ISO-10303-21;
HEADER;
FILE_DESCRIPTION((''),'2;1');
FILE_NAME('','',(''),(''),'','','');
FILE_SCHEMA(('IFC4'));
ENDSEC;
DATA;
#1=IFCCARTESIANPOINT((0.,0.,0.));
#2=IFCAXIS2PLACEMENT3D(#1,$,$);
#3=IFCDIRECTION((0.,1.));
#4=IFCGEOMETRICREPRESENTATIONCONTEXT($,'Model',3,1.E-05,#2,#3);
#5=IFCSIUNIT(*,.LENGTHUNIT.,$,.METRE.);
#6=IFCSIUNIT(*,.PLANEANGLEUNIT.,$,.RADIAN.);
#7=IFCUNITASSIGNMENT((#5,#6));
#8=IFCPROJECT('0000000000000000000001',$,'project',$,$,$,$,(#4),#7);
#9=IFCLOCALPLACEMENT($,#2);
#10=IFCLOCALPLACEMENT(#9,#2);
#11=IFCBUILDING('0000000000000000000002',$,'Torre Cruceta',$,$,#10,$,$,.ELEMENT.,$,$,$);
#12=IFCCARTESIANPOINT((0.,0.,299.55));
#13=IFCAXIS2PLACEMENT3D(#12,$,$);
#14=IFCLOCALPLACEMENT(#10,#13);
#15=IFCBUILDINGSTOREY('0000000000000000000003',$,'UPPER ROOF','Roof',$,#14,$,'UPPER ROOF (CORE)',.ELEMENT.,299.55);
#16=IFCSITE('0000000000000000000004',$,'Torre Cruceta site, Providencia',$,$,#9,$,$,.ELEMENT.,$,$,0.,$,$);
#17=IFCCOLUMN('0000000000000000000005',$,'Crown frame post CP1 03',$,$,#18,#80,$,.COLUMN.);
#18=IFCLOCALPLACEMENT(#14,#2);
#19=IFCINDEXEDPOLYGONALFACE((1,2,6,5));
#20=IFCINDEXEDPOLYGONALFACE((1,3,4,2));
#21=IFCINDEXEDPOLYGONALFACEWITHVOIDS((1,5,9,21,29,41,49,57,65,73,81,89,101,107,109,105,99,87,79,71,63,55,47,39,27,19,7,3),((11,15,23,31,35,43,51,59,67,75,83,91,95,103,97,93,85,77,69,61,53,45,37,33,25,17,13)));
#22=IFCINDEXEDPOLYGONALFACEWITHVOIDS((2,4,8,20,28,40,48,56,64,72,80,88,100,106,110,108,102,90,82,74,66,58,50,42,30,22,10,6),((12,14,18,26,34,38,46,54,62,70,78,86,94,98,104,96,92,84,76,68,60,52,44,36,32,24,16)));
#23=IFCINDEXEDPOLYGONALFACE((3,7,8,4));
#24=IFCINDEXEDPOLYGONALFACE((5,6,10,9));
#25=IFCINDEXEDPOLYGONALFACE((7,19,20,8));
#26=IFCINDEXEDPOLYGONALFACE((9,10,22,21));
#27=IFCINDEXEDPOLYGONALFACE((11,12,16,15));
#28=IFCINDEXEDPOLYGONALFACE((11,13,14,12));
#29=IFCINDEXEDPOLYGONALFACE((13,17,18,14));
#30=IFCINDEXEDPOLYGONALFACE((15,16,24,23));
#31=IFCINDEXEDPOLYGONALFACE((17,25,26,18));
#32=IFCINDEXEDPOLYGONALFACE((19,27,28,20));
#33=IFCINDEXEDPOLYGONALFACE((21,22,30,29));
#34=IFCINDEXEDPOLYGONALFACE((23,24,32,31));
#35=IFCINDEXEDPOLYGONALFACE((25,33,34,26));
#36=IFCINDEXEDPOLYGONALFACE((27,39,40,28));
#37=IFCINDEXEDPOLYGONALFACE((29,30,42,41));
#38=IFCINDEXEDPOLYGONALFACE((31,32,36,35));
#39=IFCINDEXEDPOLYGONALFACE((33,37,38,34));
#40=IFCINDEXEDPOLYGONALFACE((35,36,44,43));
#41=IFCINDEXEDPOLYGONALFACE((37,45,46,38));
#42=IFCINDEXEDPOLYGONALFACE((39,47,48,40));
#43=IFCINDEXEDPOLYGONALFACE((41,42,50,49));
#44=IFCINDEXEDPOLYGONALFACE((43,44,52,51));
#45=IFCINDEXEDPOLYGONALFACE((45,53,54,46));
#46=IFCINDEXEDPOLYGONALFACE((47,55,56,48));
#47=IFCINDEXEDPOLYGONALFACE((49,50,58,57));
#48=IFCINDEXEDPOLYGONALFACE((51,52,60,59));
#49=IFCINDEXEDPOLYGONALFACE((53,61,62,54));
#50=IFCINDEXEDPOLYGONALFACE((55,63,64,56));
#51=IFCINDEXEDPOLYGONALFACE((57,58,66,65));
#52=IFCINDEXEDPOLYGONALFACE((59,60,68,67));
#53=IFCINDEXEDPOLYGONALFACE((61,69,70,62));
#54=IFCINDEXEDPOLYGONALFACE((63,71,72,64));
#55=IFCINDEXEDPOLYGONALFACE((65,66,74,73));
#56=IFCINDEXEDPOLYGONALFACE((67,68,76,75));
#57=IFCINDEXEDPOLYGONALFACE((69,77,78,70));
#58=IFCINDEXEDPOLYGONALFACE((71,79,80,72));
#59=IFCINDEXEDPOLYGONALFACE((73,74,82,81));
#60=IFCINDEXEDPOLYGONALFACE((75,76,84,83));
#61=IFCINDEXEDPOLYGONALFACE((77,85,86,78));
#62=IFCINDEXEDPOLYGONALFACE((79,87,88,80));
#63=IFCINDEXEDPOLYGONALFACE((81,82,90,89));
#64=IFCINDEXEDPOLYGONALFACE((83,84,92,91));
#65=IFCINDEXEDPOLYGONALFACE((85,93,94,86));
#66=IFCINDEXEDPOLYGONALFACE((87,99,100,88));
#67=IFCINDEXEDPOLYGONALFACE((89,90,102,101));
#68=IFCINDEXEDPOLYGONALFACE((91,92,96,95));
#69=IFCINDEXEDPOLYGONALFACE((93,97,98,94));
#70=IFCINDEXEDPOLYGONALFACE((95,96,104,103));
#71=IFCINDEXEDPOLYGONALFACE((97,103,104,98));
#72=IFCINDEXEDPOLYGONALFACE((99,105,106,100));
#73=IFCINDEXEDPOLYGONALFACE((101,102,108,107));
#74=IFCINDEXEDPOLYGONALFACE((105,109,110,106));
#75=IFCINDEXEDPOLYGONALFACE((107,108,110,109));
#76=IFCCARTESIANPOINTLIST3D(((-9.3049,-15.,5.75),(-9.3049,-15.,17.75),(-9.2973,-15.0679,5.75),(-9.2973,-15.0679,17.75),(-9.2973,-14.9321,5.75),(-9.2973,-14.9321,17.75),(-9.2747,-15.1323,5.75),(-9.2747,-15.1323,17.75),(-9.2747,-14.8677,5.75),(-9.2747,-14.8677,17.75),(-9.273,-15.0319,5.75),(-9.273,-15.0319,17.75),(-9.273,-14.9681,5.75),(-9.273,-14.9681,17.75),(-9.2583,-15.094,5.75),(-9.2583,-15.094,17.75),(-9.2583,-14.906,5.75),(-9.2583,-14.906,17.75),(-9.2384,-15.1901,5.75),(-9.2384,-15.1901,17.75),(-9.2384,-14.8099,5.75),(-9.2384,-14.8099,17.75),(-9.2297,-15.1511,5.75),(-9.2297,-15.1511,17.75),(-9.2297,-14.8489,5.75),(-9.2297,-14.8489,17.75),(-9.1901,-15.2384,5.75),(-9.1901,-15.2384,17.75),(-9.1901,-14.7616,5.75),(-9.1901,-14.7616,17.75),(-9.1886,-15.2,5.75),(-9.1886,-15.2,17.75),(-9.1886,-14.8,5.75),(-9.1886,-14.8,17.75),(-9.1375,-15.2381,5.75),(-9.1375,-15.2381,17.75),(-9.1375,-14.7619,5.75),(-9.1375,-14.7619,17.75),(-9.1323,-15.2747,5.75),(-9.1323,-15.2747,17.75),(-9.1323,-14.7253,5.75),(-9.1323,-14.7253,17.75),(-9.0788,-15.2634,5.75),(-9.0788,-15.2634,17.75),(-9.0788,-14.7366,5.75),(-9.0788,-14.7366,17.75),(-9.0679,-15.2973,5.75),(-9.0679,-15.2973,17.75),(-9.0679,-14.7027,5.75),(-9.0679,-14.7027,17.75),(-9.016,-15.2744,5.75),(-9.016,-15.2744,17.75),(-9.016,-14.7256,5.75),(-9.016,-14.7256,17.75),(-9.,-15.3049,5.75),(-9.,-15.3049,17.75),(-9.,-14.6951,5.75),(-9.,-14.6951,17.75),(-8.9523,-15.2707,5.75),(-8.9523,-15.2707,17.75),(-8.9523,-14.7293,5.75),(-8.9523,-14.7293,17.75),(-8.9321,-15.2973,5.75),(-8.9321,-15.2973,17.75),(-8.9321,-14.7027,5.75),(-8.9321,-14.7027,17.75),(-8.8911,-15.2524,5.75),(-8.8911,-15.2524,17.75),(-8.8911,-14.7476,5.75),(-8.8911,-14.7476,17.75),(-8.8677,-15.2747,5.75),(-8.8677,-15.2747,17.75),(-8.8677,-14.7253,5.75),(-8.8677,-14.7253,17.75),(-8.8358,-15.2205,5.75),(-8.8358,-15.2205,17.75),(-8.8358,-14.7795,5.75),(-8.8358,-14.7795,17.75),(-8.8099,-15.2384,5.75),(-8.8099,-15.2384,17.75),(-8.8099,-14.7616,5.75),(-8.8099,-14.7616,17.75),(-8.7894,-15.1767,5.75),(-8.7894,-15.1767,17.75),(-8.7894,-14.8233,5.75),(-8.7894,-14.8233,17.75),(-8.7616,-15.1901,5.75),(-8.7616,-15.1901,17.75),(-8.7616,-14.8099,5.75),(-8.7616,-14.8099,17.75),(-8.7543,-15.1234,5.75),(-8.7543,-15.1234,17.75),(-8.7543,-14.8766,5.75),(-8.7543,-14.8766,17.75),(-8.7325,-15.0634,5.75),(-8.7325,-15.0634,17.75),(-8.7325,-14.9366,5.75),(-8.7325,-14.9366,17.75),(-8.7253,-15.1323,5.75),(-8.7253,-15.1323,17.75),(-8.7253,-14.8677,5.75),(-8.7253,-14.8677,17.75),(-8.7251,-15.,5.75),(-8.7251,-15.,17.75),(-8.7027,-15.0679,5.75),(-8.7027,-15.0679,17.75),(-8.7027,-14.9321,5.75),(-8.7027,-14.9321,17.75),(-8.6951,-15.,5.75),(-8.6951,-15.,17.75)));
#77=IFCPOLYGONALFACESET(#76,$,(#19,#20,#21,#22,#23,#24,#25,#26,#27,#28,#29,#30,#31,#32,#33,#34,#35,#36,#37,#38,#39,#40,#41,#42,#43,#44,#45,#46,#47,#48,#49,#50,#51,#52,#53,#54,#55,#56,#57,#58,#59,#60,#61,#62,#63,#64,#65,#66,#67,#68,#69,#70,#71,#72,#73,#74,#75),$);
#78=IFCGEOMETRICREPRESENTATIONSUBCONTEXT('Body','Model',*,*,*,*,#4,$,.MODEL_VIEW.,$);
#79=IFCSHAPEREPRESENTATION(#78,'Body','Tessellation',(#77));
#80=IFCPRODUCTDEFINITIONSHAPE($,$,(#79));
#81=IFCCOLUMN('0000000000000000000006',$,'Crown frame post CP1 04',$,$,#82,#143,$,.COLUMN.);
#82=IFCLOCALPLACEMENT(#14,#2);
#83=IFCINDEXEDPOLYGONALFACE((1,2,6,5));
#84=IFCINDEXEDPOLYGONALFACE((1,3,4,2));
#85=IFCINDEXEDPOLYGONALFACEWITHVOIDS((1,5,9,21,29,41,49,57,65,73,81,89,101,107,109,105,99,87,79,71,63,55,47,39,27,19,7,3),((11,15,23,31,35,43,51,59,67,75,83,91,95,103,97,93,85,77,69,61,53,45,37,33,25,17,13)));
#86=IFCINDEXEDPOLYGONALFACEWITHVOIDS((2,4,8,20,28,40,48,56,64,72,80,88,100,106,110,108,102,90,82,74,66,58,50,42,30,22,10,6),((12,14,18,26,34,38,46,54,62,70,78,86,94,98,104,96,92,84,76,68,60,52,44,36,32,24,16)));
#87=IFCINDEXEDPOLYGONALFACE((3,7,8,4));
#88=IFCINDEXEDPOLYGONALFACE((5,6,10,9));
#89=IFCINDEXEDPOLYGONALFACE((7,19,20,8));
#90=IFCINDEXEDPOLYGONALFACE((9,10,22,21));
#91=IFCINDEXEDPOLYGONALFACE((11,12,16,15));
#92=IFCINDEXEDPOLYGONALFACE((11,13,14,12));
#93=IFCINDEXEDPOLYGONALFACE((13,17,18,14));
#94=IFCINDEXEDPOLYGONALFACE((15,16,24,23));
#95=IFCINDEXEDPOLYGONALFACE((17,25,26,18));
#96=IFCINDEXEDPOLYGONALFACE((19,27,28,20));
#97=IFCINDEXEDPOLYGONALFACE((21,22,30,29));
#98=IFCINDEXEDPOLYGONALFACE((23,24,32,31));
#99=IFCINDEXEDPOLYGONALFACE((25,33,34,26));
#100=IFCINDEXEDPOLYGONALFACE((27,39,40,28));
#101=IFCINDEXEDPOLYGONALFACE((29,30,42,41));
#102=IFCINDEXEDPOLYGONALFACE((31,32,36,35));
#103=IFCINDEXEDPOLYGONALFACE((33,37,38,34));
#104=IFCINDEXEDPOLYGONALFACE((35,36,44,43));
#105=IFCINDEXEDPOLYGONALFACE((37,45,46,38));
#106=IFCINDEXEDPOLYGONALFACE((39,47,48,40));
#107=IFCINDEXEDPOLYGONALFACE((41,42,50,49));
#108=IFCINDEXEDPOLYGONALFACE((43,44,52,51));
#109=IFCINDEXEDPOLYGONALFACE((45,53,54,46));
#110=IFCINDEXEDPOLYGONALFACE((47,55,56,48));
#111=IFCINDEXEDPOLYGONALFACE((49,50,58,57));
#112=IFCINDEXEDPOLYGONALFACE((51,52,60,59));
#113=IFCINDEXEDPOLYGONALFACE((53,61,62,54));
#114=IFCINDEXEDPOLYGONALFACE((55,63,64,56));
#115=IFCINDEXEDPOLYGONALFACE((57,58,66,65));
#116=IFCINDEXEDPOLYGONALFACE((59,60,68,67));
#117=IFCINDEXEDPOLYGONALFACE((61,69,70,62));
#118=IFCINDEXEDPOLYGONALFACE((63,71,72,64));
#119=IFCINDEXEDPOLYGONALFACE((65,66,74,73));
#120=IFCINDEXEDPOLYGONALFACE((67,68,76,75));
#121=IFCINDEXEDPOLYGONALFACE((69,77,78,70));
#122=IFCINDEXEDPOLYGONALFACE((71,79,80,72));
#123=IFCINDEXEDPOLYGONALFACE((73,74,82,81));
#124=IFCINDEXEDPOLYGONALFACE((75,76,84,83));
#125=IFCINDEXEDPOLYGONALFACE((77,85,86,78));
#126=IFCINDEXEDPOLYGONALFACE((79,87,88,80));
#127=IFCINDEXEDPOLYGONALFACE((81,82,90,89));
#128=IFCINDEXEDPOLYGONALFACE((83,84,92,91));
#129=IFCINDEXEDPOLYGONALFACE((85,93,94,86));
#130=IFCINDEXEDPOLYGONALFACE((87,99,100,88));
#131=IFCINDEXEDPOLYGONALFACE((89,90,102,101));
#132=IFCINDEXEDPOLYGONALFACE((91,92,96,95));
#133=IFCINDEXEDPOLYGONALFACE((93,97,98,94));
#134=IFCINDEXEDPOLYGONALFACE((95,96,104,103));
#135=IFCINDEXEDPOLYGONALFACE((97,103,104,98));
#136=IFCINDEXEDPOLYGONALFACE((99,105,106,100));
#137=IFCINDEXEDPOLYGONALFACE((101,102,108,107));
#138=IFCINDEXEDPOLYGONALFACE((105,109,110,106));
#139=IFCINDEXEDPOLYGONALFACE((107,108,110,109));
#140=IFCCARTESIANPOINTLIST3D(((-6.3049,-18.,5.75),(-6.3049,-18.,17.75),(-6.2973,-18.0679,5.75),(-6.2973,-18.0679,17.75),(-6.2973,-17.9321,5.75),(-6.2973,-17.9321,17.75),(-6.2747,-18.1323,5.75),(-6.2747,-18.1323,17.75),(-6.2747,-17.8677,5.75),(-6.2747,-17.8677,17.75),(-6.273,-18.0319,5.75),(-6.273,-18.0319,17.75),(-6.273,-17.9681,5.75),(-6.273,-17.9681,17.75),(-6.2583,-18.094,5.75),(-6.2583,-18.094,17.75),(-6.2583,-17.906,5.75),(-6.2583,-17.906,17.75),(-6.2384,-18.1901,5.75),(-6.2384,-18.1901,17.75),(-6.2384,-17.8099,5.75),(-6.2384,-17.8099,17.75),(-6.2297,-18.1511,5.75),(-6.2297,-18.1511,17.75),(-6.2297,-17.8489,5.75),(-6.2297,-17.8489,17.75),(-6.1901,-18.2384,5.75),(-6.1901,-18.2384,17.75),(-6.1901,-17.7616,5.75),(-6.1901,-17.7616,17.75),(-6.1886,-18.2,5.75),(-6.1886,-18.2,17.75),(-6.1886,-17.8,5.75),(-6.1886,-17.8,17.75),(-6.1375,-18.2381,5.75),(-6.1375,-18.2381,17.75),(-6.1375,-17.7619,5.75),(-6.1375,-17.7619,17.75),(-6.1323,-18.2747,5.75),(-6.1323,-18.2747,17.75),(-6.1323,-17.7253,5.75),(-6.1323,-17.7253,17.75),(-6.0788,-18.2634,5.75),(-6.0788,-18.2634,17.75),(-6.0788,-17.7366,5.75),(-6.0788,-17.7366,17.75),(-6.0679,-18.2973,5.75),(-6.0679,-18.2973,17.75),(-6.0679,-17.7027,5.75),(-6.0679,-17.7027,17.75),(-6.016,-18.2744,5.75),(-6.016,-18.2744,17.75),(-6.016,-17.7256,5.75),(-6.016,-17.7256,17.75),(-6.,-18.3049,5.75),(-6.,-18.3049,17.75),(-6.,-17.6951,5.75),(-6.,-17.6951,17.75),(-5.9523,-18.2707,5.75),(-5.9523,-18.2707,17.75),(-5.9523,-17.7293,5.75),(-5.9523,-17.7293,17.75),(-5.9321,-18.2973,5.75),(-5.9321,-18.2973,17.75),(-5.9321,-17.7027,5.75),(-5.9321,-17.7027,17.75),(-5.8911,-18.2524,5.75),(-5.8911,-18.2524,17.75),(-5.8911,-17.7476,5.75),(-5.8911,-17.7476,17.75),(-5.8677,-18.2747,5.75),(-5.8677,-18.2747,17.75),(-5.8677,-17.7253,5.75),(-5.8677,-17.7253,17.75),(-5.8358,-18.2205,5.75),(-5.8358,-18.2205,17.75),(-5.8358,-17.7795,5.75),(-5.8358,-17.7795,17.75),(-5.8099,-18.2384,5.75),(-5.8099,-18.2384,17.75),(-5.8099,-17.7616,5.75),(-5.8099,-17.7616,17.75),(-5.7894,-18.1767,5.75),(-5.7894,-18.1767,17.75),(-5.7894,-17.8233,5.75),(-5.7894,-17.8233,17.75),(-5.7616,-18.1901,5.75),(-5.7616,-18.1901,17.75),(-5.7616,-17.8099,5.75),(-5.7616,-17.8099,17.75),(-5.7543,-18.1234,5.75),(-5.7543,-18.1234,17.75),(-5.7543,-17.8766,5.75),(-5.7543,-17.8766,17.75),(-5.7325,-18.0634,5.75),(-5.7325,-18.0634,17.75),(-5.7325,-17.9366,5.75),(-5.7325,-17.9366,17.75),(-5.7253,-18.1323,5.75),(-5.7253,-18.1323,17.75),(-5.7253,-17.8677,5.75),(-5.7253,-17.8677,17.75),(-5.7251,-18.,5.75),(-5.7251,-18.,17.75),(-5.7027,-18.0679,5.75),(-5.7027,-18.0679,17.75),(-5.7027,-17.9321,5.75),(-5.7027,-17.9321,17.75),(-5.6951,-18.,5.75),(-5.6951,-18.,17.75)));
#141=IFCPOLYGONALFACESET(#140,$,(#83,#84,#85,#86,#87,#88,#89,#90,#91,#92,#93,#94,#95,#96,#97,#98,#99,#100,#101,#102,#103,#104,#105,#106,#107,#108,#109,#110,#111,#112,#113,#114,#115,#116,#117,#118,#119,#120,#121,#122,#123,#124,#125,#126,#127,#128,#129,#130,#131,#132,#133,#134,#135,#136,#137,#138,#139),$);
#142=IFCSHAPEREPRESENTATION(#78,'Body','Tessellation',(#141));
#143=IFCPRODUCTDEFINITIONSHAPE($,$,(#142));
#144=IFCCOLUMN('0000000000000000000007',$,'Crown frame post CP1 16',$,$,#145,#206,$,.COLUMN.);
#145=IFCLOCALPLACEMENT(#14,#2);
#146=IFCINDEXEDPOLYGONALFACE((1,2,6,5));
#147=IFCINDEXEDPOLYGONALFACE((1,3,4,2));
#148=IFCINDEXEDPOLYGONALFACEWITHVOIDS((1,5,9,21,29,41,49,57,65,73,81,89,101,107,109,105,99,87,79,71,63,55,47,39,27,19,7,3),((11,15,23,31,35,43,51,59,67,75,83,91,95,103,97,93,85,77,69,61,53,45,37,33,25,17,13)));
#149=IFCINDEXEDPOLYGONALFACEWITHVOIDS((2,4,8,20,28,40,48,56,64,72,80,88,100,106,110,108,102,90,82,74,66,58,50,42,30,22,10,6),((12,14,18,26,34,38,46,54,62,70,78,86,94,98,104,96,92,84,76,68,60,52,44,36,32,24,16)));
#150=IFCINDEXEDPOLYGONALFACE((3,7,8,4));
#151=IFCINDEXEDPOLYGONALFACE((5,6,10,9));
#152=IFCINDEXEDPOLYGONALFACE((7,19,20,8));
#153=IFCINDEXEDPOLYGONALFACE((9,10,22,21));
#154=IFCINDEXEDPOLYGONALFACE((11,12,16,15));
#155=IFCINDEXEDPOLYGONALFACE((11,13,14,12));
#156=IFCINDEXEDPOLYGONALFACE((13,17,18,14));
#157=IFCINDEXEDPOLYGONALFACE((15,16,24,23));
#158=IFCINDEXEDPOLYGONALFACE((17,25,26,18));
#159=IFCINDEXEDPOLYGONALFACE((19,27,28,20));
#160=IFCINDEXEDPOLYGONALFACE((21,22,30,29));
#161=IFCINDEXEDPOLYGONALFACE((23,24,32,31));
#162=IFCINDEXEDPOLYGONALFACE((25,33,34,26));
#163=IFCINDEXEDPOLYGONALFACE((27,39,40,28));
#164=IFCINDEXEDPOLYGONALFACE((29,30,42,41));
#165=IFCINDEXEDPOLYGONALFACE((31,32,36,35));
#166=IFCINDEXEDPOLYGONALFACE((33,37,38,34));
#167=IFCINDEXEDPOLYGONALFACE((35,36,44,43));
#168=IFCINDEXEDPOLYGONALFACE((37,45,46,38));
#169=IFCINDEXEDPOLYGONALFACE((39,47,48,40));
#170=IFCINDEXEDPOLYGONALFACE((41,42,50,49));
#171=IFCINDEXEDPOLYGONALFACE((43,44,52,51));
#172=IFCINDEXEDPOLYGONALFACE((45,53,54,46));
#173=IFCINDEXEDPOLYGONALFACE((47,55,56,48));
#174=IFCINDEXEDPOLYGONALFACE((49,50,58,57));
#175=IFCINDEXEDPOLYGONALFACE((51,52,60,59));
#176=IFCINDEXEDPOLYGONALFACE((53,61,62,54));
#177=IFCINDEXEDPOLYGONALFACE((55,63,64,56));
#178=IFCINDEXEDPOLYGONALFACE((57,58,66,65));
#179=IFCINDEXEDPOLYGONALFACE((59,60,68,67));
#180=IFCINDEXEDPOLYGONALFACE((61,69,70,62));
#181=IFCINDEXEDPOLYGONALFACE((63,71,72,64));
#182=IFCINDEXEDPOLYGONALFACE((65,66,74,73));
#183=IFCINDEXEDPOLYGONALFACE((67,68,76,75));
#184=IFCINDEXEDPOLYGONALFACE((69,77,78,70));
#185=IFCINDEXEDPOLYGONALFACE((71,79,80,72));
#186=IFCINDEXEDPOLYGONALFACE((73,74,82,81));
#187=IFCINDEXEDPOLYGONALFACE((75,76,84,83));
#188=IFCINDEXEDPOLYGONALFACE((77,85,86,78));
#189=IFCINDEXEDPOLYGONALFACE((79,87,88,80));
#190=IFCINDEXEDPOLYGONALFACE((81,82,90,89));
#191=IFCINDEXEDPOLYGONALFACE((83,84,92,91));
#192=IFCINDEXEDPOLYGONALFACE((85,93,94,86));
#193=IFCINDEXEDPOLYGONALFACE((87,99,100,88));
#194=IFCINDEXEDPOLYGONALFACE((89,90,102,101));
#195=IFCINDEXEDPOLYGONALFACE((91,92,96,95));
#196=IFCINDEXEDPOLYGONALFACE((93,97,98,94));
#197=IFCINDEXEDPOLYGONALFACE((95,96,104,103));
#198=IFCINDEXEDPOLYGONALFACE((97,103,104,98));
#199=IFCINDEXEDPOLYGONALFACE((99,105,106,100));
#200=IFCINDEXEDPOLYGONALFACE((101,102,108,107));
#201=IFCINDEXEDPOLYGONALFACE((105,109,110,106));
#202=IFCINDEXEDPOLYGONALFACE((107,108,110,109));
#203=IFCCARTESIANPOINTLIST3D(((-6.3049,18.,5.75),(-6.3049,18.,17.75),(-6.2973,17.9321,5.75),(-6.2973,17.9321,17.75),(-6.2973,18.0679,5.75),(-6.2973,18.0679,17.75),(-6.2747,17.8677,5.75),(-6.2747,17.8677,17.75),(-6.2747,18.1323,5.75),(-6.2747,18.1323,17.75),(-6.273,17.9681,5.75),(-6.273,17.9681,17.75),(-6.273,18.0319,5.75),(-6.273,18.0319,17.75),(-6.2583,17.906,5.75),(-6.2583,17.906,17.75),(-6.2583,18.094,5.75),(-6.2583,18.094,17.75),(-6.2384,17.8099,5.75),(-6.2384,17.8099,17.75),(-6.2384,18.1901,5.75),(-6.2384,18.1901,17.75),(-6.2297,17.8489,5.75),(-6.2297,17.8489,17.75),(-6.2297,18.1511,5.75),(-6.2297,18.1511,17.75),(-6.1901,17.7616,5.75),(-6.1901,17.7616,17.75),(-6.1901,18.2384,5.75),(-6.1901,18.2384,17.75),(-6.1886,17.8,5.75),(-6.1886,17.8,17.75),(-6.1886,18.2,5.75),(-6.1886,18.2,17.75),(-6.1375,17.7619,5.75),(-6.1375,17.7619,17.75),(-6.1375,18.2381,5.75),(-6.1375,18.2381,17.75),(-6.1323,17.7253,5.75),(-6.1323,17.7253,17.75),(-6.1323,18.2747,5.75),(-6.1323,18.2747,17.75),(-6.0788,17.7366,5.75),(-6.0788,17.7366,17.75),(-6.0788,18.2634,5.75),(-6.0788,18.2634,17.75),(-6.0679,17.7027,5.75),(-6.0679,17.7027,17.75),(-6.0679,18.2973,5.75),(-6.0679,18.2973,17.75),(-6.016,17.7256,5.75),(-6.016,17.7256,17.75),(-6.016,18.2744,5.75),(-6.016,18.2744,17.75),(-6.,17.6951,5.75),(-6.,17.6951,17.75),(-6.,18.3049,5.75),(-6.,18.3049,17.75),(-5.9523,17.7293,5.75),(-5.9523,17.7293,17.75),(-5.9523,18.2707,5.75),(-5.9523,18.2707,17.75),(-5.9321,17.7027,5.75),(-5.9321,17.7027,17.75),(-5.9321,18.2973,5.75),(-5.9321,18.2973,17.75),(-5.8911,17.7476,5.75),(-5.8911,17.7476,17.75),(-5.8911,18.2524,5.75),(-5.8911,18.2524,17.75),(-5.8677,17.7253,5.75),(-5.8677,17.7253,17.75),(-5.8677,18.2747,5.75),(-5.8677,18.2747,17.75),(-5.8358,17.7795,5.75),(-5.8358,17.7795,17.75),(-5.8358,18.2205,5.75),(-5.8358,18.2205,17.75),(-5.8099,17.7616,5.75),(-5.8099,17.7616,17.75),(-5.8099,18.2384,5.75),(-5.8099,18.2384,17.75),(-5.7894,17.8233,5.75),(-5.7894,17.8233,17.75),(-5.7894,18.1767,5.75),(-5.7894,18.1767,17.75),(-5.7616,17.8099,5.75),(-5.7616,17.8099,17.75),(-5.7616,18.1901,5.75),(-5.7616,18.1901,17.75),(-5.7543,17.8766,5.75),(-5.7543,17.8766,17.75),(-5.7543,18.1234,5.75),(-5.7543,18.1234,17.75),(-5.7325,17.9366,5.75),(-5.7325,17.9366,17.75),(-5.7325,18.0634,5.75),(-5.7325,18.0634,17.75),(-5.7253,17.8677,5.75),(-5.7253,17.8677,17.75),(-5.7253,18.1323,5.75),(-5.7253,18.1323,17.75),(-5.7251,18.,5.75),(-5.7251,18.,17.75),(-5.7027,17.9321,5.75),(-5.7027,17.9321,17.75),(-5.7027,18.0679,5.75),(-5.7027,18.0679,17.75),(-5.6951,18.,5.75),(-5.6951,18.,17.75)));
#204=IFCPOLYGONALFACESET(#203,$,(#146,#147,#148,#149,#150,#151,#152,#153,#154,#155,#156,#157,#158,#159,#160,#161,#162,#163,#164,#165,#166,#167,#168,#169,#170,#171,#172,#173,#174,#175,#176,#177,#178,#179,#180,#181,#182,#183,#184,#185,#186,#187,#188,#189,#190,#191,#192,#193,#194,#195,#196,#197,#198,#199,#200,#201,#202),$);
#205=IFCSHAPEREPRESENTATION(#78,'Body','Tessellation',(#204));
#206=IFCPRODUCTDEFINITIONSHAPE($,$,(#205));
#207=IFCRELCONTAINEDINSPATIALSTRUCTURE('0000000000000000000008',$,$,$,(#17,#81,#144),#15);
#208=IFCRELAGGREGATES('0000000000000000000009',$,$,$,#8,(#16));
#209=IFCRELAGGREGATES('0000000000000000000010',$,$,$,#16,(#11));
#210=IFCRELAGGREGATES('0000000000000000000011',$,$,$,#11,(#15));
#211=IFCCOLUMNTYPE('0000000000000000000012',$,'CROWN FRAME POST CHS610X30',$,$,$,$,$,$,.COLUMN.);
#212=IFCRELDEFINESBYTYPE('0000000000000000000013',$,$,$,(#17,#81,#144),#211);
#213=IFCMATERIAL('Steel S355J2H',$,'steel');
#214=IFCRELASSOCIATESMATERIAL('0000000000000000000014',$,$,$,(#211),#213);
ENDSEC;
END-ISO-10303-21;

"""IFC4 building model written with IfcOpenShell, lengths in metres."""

from ifc_helpers import new_model, si_unit, direction, frame, origin, origin_2d, place, context, subcontext, project, spatial, hollow_circle, extrude, material, material_profile, profile_set, type_object, element, save


model = new_model("IFC4")

# Units and contexts
model_context = context("Model", 3, precision=1e-05, world=origin(), true_north=direction((0.0, 1.0)))
body_context = subcontext(model_context, "Body", "Model", "MODEL_VIEW")
ifc_project = project(units=[si_unit("LENGTHUNIT", "METRE"), si_unit("PLANEANGLEUNIT", "RADIAN")], contexts=[model_context])

# Site, building, storey
site_placement = place(None, origin())
site = spatial("IfcSite", under=ifc_project, at=site_placement, Name="Torre Cruceta site, Providencia", CompositionType="ELEMENT", RefElevation=0.0)
building_placement = place(site_placement, origin())
building = spatial("IfcBuilding", under=site, at=building_placement, Name="Torre Cruceta", CompositionType="ELEMENT")
storey_placement = place(building_placement, frame((0.0, 0.0, 299.55)))
storey = spatial("IfcBuildingStorey", under=building, at=storey_placement, Name="UPPER ROOF", Description="Roof", LongName="UPPER ROOF (CORE)", CompositionType="ELEMENT", Elevation=299.55)

# Columns
ifc_material_1 = material(Name="Steel S355J2H", Category="steel")
ifc_material_profile_1 = material_profile(ifc_material_1, hollow_circle(Radius=0.3049, WallThickness=0.03, at=origin_2d()), Name="CHS610X30")
ifc_profile_set_1 = profile_set([ifc_material_profile_1], Name="Steel S355J2H")
column_type_1 = type_object("IfcColumnType", Name="CROWN FRAME POST CHS610X30", PredefinedType="COLUMN", material=ifc_profile_set_1)
for number, where, z_axis, x_axis, name in (
    (1, (-9.0, -15.0, 5.75), (0.0, 0.0, 1.0), (1.0, 0.0, 0.0), "Crown frame post CP1 03"),
    (2, (-6.0, -18.0, 5.75), (0.0, 0.0, 1.0), (1.0, 0.0, 0.0), "Crown frame post CP1 04"),
    (3, (-6.0, 18.0, 5.75), (0.0, 0.0, 1.0), (1.0, 0.0, 0.0), "Crown frame post CP1 16"),
):
    element("IfcColumn", number, at=place(storey_placement, frame(where, z_axis=z_axis, x_axis=x_axis)), inside=storey, type_object=column_type_1, Name=name, PredefinedType="COLUMN", context=body_context, shape_type="SweptSolid", body=[
        extrude(hollow_circle(Radius=0.3049, WallThickness=0.03, at=origin_2d()), origin(), (0.0, 0.0, 1.0), 12.0),
    ])

save(model, "model.ifc")
